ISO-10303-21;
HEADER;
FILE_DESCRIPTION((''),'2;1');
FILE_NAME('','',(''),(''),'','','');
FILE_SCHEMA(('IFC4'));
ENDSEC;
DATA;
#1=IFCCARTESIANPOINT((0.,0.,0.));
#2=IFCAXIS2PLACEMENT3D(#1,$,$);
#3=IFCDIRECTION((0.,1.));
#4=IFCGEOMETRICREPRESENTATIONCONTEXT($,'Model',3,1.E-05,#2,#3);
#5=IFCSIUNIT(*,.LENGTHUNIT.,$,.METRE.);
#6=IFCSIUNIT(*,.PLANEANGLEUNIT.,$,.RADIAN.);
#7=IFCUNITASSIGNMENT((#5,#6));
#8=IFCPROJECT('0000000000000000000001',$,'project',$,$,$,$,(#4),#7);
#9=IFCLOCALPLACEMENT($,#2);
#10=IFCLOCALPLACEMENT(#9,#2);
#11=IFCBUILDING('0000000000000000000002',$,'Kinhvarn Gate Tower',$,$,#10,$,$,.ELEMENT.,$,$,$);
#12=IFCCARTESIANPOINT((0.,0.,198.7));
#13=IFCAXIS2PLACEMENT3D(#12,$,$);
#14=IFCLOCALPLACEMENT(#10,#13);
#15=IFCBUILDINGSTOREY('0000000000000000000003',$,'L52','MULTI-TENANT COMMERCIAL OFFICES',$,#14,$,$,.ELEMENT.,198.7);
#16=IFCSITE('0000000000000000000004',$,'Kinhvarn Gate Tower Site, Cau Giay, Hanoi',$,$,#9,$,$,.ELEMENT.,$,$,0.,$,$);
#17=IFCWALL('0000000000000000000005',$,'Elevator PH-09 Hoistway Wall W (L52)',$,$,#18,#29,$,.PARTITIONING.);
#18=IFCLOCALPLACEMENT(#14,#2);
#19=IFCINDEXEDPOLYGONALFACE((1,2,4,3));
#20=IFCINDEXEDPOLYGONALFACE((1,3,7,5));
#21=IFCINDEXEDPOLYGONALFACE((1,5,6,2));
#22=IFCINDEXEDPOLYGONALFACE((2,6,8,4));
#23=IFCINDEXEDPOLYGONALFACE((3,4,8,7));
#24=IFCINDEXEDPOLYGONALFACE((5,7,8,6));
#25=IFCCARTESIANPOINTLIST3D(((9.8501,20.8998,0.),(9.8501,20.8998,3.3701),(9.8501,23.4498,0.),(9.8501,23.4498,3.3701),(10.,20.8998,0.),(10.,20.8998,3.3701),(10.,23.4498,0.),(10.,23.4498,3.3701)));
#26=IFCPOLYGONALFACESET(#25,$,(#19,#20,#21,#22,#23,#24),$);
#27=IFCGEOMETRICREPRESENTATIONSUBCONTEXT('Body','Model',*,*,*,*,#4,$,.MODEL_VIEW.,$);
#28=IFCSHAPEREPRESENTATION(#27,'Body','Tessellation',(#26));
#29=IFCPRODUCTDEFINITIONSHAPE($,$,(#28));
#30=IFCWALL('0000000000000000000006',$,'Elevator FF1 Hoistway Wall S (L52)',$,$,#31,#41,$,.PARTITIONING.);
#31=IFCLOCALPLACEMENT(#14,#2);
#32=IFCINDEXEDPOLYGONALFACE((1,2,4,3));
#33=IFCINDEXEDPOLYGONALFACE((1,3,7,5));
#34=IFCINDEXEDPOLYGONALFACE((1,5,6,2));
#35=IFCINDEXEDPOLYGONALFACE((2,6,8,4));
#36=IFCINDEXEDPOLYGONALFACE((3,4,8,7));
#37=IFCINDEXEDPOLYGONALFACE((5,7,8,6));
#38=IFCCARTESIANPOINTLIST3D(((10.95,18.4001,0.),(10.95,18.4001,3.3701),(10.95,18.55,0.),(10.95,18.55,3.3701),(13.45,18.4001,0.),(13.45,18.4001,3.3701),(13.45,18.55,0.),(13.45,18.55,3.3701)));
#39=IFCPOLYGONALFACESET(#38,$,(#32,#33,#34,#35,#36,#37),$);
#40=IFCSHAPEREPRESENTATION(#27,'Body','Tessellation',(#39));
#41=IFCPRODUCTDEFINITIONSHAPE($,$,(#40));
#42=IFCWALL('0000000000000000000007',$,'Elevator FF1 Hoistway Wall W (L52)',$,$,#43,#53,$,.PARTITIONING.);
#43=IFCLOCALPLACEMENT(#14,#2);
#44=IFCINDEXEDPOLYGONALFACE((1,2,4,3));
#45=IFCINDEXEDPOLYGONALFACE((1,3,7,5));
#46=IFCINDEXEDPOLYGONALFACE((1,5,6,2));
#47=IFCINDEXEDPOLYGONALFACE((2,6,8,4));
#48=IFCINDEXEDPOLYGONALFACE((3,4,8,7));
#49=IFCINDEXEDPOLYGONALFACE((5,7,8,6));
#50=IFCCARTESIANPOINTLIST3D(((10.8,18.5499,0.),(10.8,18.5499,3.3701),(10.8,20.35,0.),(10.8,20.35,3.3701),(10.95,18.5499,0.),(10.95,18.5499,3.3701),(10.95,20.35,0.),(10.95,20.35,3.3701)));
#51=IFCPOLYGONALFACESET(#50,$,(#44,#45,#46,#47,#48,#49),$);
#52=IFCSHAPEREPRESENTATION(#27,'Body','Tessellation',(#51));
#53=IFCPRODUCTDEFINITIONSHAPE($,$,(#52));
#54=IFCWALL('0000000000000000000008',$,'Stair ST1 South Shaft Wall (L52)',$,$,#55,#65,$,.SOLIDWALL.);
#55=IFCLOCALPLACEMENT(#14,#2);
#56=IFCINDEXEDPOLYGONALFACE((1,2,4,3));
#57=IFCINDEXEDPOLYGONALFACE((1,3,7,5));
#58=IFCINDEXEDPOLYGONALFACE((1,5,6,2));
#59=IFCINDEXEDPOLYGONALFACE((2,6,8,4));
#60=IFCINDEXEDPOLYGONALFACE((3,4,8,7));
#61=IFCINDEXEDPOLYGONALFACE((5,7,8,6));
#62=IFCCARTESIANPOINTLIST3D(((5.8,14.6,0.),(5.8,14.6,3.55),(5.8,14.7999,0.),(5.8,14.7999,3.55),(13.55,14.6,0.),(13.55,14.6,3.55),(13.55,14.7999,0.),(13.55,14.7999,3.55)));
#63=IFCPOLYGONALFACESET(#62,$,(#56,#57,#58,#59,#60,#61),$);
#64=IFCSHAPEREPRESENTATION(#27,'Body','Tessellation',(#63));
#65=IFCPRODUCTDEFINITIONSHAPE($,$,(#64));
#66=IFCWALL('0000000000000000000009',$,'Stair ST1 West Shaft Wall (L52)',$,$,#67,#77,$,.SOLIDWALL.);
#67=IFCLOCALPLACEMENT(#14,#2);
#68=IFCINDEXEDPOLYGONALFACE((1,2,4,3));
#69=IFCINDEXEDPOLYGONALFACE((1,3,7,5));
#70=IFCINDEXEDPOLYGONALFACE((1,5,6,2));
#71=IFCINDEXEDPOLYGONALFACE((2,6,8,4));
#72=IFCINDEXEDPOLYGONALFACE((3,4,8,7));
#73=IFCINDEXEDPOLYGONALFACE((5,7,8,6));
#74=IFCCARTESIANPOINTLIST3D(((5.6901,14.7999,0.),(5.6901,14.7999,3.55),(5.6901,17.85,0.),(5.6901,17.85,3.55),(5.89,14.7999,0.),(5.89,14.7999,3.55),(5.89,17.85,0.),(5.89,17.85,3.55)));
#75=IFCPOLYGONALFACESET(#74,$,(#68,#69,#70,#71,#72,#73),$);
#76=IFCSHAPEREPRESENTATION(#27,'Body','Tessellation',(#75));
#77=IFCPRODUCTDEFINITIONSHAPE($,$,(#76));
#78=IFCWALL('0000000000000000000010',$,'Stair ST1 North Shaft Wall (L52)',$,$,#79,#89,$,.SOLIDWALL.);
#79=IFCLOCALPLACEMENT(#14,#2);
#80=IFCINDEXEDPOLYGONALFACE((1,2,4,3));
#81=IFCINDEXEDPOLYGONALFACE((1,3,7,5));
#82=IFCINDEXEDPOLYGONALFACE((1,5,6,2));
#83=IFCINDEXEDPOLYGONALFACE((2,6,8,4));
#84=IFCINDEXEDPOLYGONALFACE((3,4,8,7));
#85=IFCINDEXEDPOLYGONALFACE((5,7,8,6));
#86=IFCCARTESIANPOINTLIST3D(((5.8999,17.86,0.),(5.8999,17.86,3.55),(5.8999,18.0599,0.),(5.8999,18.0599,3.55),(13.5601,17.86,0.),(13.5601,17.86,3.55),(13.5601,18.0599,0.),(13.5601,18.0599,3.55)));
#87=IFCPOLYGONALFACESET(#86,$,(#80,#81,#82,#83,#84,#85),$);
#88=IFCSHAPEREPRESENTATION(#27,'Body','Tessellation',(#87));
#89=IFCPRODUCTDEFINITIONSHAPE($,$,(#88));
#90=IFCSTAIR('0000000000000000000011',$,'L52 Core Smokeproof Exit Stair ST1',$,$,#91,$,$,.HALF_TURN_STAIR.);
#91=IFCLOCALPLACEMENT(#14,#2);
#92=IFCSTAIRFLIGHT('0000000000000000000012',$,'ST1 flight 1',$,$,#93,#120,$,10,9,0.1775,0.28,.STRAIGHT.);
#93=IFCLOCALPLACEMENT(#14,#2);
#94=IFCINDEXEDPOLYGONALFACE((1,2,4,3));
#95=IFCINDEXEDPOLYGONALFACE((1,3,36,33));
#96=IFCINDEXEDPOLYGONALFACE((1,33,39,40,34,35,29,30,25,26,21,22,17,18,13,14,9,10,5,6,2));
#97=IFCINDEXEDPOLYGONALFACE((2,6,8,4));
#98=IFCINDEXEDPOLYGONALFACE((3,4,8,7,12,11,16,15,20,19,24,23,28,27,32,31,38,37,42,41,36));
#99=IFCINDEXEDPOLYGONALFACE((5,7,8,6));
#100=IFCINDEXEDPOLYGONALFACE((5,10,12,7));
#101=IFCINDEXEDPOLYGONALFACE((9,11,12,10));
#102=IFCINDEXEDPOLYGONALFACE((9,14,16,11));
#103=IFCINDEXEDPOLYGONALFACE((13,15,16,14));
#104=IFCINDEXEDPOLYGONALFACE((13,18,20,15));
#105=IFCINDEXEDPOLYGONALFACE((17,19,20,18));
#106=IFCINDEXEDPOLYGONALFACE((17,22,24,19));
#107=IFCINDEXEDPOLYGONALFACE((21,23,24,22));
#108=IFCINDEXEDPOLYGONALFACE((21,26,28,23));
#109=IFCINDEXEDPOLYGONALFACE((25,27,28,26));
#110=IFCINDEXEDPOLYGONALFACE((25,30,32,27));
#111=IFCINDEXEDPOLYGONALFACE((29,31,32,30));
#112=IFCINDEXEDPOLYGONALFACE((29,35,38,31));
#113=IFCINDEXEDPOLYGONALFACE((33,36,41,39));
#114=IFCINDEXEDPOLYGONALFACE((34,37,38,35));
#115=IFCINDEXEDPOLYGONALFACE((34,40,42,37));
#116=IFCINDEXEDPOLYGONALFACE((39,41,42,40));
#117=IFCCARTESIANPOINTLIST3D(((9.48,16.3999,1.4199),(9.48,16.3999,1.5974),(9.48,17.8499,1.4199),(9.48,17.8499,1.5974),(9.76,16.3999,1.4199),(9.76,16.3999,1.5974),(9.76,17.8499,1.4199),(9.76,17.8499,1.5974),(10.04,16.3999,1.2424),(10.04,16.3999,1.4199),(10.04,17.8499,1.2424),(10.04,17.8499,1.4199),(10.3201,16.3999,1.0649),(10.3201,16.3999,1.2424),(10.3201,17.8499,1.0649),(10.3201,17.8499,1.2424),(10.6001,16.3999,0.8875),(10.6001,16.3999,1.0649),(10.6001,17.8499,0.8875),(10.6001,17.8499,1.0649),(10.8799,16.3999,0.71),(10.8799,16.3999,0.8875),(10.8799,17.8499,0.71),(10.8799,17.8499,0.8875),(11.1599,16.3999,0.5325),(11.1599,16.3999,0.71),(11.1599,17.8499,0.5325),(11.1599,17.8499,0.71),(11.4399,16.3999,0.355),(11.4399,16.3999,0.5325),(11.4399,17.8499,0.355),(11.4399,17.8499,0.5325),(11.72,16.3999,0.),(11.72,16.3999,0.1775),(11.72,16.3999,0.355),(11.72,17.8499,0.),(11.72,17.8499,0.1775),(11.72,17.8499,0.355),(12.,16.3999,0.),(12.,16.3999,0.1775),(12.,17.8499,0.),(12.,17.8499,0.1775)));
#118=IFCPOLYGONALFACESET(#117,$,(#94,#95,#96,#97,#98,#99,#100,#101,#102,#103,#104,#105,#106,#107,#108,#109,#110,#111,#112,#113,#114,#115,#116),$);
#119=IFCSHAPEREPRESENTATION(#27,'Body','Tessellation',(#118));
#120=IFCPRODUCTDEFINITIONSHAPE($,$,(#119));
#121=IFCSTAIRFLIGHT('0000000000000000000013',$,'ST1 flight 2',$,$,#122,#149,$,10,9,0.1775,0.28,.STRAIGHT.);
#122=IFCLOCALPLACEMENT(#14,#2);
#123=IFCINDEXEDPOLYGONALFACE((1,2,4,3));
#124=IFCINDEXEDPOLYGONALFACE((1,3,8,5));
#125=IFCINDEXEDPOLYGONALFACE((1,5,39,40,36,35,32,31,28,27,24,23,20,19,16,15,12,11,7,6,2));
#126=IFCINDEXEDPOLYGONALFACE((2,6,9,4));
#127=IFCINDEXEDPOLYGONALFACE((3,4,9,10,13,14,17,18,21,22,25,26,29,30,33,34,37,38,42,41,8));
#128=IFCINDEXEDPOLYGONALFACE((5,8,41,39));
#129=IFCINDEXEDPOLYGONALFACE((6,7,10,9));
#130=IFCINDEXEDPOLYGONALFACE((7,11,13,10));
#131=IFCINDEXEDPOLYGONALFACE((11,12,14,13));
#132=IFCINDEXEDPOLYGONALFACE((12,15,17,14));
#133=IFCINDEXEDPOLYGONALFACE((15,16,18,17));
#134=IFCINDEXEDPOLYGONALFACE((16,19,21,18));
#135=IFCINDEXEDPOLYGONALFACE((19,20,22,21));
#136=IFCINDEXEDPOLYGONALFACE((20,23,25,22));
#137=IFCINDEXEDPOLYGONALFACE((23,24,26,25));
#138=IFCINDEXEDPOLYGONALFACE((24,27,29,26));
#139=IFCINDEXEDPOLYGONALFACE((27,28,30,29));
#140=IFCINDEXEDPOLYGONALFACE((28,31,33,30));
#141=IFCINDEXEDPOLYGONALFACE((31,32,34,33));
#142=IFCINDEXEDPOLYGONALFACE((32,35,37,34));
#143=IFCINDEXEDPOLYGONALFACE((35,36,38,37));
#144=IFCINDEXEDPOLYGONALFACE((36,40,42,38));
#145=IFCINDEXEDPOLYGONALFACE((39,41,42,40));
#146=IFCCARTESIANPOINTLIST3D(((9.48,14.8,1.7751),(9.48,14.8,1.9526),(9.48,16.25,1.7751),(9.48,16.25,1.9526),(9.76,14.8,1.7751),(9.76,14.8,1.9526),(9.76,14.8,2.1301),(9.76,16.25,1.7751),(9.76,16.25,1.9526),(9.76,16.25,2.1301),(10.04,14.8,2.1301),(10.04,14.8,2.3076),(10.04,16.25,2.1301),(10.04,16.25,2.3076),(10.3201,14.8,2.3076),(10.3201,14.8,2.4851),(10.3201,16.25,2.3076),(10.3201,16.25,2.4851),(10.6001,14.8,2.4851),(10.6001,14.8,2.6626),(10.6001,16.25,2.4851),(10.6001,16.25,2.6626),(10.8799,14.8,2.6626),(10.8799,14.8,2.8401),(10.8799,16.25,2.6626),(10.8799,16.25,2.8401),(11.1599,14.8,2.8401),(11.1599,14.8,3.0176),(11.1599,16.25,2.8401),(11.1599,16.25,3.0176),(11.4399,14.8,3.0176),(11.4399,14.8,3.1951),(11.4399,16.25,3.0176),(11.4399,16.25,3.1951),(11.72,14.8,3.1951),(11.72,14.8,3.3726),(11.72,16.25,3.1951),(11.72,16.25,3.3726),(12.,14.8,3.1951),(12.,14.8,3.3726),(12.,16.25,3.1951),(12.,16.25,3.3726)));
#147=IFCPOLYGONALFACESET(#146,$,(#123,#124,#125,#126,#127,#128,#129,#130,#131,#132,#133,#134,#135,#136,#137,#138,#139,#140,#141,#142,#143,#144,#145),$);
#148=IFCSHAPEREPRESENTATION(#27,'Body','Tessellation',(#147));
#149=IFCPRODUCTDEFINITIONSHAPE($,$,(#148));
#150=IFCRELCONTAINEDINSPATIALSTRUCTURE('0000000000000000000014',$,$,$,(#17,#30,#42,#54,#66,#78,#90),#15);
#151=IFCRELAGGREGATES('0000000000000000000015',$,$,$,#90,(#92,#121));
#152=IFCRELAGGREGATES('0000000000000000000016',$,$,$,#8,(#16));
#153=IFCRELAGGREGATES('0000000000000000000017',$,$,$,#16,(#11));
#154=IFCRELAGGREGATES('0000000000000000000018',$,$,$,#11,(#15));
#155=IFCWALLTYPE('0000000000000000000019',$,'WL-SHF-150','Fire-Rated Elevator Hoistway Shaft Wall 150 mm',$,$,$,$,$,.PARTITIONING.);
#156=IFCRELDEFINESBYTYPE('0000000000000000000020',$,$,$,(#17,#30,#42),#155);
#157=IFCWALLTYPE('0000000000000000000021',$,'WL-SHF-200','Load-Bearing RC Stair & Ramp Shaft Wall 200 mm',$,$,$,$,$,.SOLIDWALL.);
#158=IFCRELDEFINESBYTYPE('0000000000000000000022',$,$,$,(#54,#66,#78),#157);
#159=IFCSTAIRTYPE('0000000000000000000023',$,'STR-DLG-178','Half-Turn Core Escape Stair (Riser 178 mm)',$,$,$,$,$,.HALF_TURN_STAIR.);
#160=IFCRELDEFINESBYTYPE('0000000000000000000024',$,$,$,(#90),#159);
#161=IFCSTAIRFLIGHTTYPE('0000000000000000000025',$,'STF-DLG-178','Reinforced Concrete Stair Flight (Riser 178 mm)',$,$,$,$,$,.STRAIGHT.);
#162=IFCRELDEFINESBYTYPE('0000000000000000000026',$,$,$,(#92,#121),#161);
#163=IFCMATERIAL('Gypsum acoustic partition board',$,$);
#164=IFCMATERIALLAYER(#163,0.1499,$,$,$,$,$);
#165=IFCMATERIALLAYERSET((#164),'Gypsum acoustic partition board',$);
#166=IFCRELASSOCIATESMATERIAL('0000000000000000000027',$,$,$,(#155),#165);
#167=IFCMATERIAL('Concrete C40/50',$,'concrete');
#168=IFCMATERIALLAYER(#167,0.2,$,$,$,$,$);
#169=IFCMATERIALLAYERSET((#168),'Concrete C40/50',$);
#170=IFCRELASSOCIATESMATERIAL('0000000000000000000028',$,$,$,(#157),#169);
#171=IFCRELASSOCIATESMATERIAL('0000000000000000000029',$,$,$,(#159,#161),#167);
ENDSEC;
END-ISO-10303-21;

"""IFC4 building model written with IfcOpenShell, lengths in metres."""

from ifc_helpers import new_model, si_unit, direction, frame, frame_2d, origin, place, context, subcontext, project, spatial, polyline, rectangle, outline, extrude, material, layer, layer_set, type_object, element, aggregate, save


model = new_model("IFC4")

# Units and contexts
model_context = context("Model", 3, precision=1e-05, world=origin(), true_north=direction((0.0, 1.0)))
body_context = subcontext(model_context, "Body", "Model", "MODEL_VIEW")
ifc_project = project(units=[si_unit("LENGTHUNIT", "METRE"), si_unit("PLANEANGLEUNIT", "RADIAN")], contexts=[model_context])

# Site, building, storey
site_placement = place(None, origin())
site = spatial("IfcSite", under=ifc_project, at=site_placement, Name="Kinhvarn Gate Tower Site, Cau Giay, Hanoi", CompositionType="ELEMENT", RefElevation=0.0)
building_placement = place(site_placement, origin())
building = spatial("IfcBuilding", under=site, at=building_placement, Name="Kinhvarn Gate Tower", CompositionType="ELEMENT")
storey_placement = place(building_placement, frame((0.0, 0.0, 198.7)))
storey = spatial("IfcBuildingStorey", under=building, at=storey_placement, Name="L52", Description="MULTI-TENANT COMMERCIAL OFFICES", CompositionType="ELEMENT", Elevation=198.7)

# Walls
ifc_material_1 = material(Name="Gypsum acoustic partition board")
ifc_layer_1 = layer(ifc_material_1, 0.1499)
ifc_layer_set_1 = layer_set([ifc_layer_1], Name="Gypsum acoustic partition board")
wall_type_1 = type_object("IfcWallType", Name="WL-SHF-150", Description="Fire-Rated Elevator Hoistway Shaft Wall 150 mm", PredefinedType="PARTITIONING", material=ifc_layer_set_1)
wall_1_placement = place(storey_placement, frame((9.925, 20.8999, 0.0), z_axis=(0.0, 0.0, 1.0), x_axis=(0.0, 1.0, 0.0)))
element("IfcWall", 1, at=wall_1_placement, inside=storey, type_object=wall_type_1, Name="Elevator PH-09 Hoistway Wall W (L52)", PredefinedType="PARTITIONING", context=body_context, shape_type="SweptSolid", body=[
    extrude(rectangle(XDim=2.55, YDim=0.1499, at=frame_2d((1.2749, 0.0))), origin(), (0.0, 0.0, 1.0), 3.3701),
])
wall_2_placement = place(storey_placement, frame((10.95, 18.4751, 0.0), z_axis=(0.0, 0.0, 1.0), x_axis=(1.0, 0.0, 0.0)))
element("IfcWall", 2, at=wall_2_placement, inside=storey, type_object=wall_type_1, Name="Elevator FF1 Hoistway Wall S (L52)", PredefinedType="PARTITIONING", context=body_context, shape_type="SweptSolid", body=[
    extrude(rectangle(XDim=2.5, YDim=0.1499, at=frame_2d((1.25, 0.0))), origin(), (0.0, 0.0, 1.0), 3.3701),
])
wall_3_placement = place(storey_placement, frame((10.875, 18.55, 0.0), z_axis=(0.0, 0.0, 1.0), x_axis=(0.0, 1.0, 0.0)))
element("IfcWall", 3, at=wall_3_placement, inside=storey, type_object=wall_type_1, Name="Elevator FF1 Hoistway Wall W (L52)", PredefinedType="PARTITIONING", context=body_context, shape_type="SweptSolid", body=[
    extrude(rectangle(XDim=1.8, YDim=0.1499, at=frame_2d((0.8999, 0.0))), origin(), (0.0, 0.0, 1.0), 3.3701),
])
ifc_material_2 = material(Name="Concrete C40/50", Category="concrete")
ifc_layer_2 = layer(ifc_material_2, 0.2)
ifc_layer_set_2 = layer_set([ifc_layer_2], Name="Concrete C40/50")
wall_type_2 = type_object("IfcWallType", Name="WL-SHF-200", Description="Load-Bearing RC Stair & Ramp Shaft Wall 200 mm", PredefinedType="SOLIDWALL", material=ifc_layer_set_2)
wall_4_placement = place(storey_placement, frame((5.8, 14.7, 0.0), z_axis=(0.0, 0.0, 1.0), x_axis=(1.0, 0.0, 0.0)))
element("IfcWall", 4, at=wall_4_placement, inside=storey, type_object=wall_type_2, Name="Stair ST1 South Shaft Wall (L52)", PredefinedType="SOLIDWALL", context=body_context, shape_type="SweptSolid", body=[
    extrude(rectangle(XDim=7.75, YDim=0.2, at=frame_2d((3.875, 0.0))), origin(), (0.0, 0.0, 1.0), 3.55),
])
wall_5_placement = place(storey_placement, frame((5.79, 14.8, 0.0), z_axis=(0.0, 0.0, 1.0), x_axis=(0.0, 1.0, 0.0)))
element("IfcWall", 5, at=wall_5_placement, inside=storey, type_object=wall_type_2, Name="Stair ST1 West Shaft Wall (L52)", PredefinedType="SOLIDWALL", context=body_context, shape_type="SweptSolid", body=[
    extrude(rectangle(XDim=3.05, YDim=0.2, at=frame_2d((1.5249, 0.0))), origin(), (0.0, 0.0, 1.0), 3.55),
])
wall_6_placement = place(storey_placement, frame((5.8999, 17.96, 0.0), z_axis=(0.0, 0.0, 1.0), x_axis=(1.0, 0.0, 0.0)))
element("IfcWall", 6, at=wall_6_placement, inside=storey, type_object=wall_type_2, Name="Stair ST1 North Shaft Wall (L52)", PredefinedType="SOLIDWALL", context=body_context, shape_type="SweptSolid", body=[
    extrude(rectangle(XDim=7.6602, YDim=0.2, at=frame_2d((3.8301, 0.0))), origin(), (0.0, 0.0, 1.0), 3.55),
])

# Stair, stair flights
stair_type = type_object("IfcStairType", Name="STR-DLG-178", Description="Half-Turn Core Escape Stair (Riser 178 mm)", PredefinedType="HALF_TURN_STAIR", material=ifc_material_2)
stair_placement = place(storey_placement, origin())
stair = element("IfcStair", 7, at=stair_placement, inside=storey, type_object=stair_type, Name="L52 Core Smokeproof Exit Stair ST1", PredefinedType="HALF_TURN_STAIR")
stair_flight_type = type_object("IfcStairFlightType", Name="STF-DLG-178", Description="Reinforced Concrete Stair Flight (Riser 178 mm)", PredefinedType="STRAIGHT", material=ifc_material_2)
stair_flight_1_placement = place(storey_placement, frame((12.0, 17.125, 0.0), z_axis=(0.0, 0.0, 1.0), x_axis=(-1.0, 0.0, 0.0)))
stair_flight_1 = element("IfcStairFlight", 8, at=stair_flight_1_placement, type_object=stair_flight_type, Name="ST1 flight 1", NumberOfRisers=10, NumberOfTreads=9, PredefinedType="STRAIGHT", RiserHeight=0.1775, TreadLength=0.28, context=body_context, shape_type="SweptSolid", body=[
    extrude(outline(polyline([(0.0, 0.0), (0.0, 0.1775), (0.28, 0.1775), (0.28, 0.355), (0.5601, 0.355), (0.5601, 0.5325), (0.8401, 0.5325), (0.8401, 0.71), (1.1201, 0.71), (1.1201, 0.8875), (1.3999, 0.8875), (1.3999, 1.0649), (1.6799, 1.0649), (1.6799, 1.2424), (1.96, 1.2424), (1.96, 1.4199), (2.24, 1.4199), (2.24, 1.5974), (2.52, 1.5974), (2.52, 1.7749), (2.52, 1.4199), (0.28, 0.0), (0.0, 0.0)])), frame((0.0, 0.7251, 0.0), z_axis=(0.0, -1.0, 0.0), x_axis=(1.0, 0.0, 0.0)), (0.0, 0.0, 1.0), 1.45),
])
stair_flight_2_placement = place(storey_placement, frame((9.48, 15.5249, 1.7751), z_axis=(0.0, 0.0, 1.0), x_axis=(1.0, 0.0, 0.0)))
stair_flight_2 = element("IfcStairFlight", 9, at=stair_flight_2_placement, type_object=stair_flight_type, Name="ST1 flight 2", NumberOfRisers=10, NumberOfTreads=9, PredefinedType="STRAIGHT", RiserHeight=0.1775, TreadLength=0.28, context=body_context, shape_type="SweptSolid", body=[
    extrude(outline(polyline([(0.0, 0.0), (0.0, 0.1775), (0.28, 0.1775), (0.28, 0.355), (0.5601, 0.355), (0.5601, 0.5325), (0.8401, 0.5325), (0.8401, 0.71), (1.1201, 0.71), (1.1201, 0.8875), (1.3999, 0.8875), (1.3999, 1.0649), (1.6799, 1.0649), (1.6799, 1.2424), (1.96, 1.2424), (1.96, 1.4199), (2.24, 1.4199), (2.24, 1.5974), (2.52, 1.5974), (2.52, 1.7749), (2.52, 1.4199), (0.28, 0.0), (0.0, 0.0)])), frame((0.0, 0.7251, 0.0), z_axis=(0.0, -1.0, 0.0), x_axis=(1.0, 0.0, 0.0)), (0.0, 0.0, 1.0), 1.45),
])
aggregate(stair, [stair_flight_1, stair_flight_2])

save(model, "model.ifc")
